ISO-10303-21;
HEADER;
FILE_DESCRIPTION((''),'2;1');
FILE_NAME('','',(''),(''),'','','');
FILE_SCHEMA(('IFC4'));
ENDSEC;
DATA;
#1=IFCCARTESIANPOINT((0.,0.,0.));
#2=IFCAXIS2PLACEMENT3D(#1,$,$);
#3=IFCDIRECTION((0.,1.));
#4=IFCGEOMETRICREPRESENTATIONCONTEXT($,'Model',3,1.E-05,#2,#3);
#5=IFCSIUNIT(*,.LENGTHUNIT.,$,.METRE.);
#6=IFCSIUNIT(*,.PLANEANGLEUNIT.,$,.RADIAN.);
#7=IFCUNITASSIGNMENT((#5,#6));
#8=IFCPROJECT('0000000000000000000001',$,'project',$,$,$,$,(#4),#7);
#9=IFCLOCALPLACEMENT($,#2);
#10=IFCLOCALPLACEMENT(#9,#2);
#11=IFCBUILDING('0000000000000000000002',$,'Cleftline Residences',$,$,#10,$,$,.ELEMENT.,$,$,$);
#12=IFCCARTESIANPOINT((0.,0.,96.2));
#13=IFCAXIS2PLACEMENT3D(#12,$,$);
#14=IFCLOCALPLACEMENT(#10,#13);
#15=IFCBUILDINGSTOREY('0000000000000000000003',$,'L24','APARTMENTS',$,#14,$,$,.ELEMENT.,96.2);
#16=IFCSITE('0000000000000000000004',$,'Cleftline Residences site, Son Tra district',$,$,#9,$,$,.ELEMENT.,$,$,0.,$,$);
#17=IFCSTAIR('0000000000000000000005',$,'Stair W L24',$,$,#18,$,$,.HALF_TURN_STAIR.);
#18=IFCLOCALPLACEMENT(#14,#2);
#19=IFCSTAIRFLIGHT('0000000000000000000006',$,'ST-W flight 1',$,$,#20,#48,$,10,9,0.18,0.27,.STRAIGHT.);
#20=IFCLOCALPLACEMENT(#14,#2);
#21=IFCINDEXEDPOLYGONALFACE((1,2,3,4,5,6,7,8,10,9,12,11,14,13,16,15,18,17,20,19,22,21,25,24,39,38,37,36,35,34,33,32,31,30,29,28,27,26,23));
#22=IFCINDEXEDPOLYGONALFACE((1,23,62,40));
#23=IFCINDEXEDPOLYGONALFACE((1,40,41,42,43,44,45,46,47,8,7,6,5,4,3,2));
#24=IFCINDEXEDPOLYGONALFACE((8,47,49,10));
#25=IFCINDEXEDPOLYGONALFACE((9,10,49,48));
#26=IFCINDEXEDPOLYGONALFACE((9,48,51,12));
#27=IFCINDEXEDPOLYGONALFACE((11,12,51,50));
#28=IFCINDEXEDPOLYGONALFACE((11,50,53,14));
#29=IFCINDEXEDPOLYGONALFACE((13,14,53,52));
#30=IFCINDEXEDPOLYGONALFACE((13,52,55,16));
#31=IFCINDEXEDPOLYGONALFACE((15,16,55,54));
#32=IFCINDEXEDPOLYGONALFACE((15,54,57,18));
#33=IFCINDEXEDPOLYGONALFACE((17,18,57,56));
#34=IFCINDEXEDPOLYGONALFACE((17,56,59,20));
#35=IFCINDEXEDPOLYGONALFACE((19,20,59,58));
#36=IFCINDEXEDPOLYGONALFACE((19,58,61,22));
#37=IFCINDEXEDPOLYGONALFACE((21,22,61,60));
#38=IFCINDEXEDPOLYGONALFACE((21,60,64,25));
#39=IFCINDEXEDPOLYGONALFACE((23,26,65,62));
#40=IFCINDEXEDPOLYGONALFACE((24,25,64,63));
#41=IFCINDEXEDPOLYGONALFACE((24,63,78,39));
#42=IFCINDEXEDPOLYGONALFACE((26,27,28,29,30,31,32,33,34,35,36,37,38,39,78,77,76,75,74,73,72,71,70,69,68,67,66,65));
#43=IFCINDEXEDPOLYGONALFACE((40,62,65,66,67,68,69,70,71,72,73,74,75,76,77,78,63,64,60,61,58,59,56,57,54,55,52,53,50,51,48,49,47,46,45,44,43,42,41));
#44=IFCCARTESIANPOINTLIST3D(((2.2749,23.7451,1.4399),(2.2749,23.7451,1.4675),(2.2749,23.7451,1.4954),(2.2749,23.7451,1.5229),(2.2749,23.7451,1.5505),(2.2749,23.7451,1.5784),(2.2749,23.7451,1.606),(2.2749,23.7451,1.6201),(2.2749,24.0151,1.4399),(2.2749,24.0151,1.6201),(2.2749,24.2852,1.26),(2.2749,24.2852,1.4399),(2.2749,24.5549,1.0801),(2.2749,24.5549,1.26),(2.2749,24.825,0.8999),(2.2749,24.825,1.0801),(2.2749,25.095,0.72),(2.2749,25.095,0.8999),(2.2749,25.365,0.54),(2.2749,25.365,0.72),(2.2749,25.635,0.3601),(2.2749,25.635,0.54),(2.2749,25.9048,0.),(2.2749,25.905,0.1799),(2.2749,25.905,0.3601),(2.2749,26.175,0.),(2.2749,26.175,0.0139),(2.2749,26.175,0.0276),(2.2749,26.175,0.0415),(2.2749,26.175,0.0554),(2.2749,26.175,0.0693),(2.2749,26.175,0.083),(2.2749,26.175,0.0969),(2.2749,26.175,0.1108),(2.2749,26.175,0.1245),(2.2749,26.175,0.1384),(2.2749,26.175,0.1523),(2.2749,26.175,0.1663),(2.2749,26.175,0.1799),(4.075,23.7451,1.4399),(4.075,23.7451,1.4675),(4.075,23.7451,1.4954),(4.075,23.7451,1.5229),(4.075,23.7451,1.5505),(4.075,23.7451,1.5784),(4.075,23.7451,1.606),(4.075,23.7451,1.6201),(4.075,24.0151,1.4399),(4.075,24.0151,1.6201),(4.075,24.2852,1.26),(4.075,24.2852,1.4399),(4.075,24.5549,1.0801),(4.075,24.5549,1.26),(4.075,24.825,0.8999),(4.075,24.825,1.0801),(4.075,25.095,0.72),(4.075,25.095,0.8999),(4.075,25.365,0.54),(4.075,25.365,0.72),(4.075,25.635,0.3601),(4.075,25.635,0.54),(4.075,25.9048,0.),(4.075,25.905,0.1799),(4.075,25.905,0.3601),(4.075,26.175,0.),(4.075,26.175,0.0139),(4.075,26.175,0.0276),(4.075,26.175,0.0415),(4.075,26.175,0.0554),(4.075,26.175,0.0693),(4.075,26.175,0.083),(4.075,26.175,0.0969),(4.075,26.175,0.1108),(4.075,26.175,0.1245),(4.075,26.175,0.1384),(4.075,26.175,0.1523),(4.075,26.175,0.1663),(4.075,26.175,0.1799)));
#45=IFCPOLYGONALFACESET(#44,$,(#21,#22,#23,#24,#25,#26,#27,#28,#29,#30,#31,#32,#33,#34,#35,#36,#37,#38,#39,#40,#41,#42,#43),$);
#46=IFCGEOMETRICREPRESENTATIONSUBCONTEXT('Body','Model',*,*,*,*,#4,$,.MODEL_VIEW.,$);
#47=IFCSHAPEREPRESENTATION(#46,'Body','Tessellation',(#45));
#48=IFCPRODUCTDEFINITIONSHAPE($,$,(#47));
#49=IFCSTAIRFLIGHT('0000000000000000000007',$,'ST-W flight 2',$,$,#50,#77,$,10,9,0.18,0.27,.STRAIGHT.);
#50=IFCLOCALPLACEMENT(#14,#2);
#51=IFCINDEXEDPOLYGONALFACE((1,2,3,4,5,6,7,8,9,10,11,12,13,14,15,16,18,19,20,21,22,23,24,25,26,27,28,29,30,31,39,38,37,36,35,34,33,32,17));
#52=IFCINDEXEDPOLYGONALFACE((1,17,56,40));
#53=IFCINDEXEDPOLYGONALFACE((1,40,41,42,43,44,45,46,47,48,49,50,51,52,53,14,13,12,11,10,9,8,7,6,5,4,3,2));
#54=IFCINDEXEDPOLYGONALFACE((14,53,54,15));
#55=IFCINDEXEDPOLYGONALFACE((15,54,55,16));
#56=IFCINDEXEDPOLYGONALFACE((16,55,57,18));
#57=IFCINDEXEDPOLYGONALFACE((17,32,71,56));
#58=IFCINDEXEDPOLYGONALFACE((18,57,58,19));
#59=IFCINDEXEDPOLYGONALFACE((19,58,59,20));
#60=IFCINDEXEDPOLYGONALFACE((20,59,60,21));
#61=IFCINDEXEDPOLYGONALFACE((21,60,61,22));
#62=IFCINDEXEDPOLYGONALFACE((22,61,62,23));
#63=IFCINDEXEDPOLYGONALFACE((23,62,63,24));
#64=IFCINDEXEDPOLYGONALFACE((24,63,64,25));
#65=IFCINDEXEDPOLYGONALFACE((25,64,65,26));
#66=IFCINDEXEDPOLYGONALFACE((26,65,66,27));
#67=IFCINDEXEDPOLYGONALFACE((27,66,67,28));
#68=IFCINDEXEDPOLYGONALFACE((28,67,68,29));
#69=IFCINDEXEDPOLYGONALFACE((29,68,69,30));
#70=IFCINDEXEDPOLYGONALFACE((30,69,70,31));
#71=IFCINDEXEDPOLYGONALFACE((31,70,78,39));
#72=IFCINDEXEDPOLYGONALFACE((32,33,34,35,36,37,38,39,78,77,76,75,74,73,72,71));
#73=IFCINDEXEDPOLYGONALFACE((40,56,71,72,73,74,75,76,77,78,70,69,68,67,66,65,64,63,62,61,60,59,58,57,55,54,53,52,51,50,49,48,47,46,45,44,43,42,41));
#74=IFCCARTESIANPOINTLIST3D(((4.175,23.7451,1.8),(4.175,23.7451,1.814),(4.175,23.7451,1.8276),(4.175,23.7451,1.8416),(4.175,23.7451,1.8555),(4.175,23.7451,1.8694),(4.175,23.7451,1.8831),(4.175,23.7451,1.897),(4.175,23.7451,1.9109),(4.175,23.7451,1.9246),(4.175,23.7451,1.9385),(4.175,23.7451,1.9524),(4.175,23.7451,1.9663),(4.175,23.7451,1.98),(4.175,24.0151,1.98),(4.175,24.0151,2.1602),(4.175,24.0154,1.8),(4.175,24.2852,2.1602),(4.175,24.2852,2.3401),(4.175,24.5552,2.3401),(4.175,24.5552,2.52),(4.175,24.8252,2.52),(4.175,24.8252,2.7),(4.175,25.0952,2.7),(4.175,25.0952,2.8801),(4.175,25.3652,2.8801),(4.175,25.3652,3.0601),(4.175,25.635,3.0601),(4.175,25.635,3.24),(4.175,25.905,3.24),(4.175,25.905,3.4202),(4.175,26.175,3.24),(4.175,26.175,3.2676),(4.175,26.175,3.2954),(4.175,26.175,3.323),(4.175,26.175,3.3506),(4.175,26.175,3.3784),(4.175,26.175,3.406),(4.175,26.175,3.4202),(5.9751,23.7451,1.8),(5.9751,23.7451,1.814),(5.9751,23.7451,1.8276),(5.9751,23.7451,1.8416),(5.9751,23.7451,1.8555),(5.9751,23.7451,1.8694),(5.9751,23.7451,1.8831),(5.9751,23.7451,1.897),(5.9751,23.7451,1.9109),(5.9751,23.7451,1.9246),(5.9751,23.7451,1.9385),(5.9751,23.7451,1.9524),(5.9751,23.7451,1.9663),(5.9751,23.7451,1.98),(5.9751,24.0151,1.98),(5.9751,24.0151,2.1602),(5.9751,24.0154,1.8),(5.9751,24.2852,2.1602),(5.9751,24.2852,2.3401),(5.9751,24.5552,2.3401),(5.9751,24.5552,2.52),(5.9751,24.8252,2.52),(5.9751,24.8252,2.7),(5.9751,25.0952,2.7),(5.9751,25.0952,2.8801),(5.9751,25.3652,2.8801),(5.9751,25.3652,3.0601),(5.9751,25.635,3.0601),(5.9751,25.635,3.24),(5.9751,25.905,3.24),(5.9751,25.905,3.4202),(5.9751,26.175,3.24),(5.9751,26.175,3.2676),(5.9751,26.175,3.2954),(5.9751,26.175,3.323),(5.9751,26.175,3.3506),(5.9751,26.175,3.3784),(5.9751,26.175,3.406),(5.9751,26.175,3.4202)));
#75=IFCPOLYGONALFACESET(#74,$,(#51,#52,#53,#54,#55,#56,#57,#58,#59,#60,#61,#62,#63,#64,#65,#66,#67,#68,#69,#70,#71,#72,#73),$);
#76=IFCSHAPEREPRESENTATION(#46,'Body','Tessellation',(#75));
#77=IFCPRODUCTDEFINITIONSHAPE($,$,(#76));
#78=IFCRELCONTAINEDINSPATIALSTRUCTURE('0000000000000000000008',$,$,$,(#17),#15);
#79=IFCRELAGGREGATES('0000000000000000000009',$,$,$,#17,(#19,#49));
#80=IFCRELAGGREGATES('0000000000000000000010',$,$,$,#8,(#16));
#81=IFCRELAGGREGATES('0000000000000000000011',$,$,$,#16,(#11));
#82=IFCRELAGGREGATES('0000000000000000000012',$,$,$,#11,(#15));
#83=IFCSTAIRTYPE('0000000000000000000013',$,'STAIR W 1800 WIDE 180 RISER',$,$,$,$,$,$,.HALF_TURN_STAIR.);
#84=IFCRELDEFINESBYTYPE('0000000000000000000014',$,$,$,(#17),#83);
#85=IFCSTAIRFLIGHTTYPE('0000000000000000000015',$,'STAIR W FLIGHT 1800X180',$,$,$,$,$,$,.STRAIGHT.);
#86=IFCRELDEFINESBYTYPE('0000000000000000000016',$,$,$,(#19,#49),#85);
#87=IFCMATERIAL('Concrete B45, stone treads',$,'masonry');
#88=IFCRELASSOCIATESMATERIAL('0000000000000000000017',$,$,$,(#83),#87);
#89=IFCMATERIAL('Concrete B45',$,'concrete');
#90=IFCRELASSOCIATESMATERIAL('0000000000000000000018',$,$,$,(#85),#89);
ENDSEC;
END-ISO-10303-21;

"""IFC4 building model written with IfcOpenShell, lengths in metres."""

from ifc_helpers import new_model, si_unit, direction, frame, origin, place, context, subcontext, project, spatial, polyline, outline, extrude, material, type_object, element, aggregate, save


model = new_model("IFC4")

# Units and contexts
model_context = context("Model", 3, precision=1e-05, world=origin(), true_north=direction((0.0, 1.0)))
body_context = subcontext(model_context, "Body", "Model", "MODEL_VIEW")
ifc_project = project(units=[si_unit("LENGTHUNIT", "METRE"), si_unit("PLANEANGLEUNIT", "RADIAN")], contexts=[model_context])

# Site, building, storey
site_placement = place(None, origin())
site = spatial("IfcSite", under=ifc_project, at=site_placement, Name="Cleftline Residences site, Son Tra district", CompositionType="ELEMENT", RefElevation=0.0)
building_placement = place(site_placement, origin())
building = spatial("IfcBuilding", under=site, at=building_placement, Name="Cleftline Residences", CompositionType="ELEMENT")
storey_placement = place(building_placement, frame((0.0, 0.0, 96.2)))
storey = spatial("IfcBuildingStorey", under=building, at=storey_placement, Name="L24", Description="APARTMENTS", CompositionType="ELEMENT", Elevation=96.2)

# Stair, stair flights
ifc_material_1 = material(Name="Concrete B45, stone treads", Category="masonry")
stair_type = type_object("IfcStairType", Name="STAIR W 1800 WIDE 180 RISER", PredefinedType="HALF_TURN_STAIR", material=ifc_material_1)
stair_placement = place(storey_placement, origin())
stair = element("IfcStair", 1, at=stair_placement, inside=storey, type_object=stair_type, Name="Stair W L24", PredefinedType="HALF_TURN_STAIR")
ifc_material_2 = material(Name="Concrete B45", Category="concrete")
stair_flight_type = type_object("IfcStairFlightType", Name="STAIR W FLIGHT 1800X180", PredefinedType="STRAIGHT", material=ifc_material_2)
stair_flight_1_placement = place(storey_placement, frame((3.175, 26.175, 0.0), z_axis=(0.0, 0.0, 1.0), x_axis=(0.0, -1.0, 0.0)))
stair_flight_1 = element("IfcStairFlight", 2, at=stair_flight_1_placement, type_object=stair_flight_type, Name="ST-W flight 1", NumberOfRisers=10, NumberOfTreads=9, PredefinedType="STRAIGHT", RiserHeight=0.18, TreadLength=0.27, context=body_context, shape_type="SweptSolid", body=[
    extrude(outline(polyline([(0.0, 0.0), (0.0, 0.0139), (0.0, 0.0276), (0.0, 0.0415), (0.0, 0.0554), (0.0, 0.0693), (0.0, 0.083), (0.0, 0.0969), (0.0, 0.1108), (0.0, 0.1245), (0.0, 0.1384), (0.0, 0.1523), (0.0, 0.1663), (0.0, 0.1799), (0.27, 0.1799), (0.27, 0.3601), (0.54, 0.3601), (0.54, 0.54), (0.8101, 0.54), (0.8101, 0.72), (1.0801, 0.72), (1.0801, 0.8999), (1.3501, 0.8999), (1.3501, 1.0801), (1.6201, 1.0801), (1.6201, 1.26), (1.8899, 1.26), (1.8899, 1.4399), (2.1599, 1.4399), (2.1599, 1.6201), (2.4299, 1.6201), (2.4299, 1.8), (2.4299, 1.7722), (2.4299, 1.7446), (2.4299, 1.7168), (2.4299, 1.6892), (2.4299, 1.6614), (2.4299, 1.6338), (2.4299, 1.606), (2.4299, 1.5784), (2.4299, 1.5505), (2.4299, 1.5229), (2.4299, 1.4954), (2.4299, 1.4675), (2.4299, 1.4399), (0.2703, 0.0), (0.0, 0.0)])), frame((0.0, 0.8999, 0.0), z_axis=(0.0, -1.0, 0.0), x_axis=(1.0, 0.0, 0.0)), (0.0, 0.0, 1.0), 1.8),
])
stair_flight_2_placement = place(storey_placement, frame((5.075, 23.7451, 1.8), z_axis=(0.0, 0.0, 1.0), x_axis=(0.0, 1.0, 0.0)))
stair_flight_2 = element("IfcStairFlight", 3, at=stair_flight_2_placement, type_object=stair_flight_type, Name="ST-W flight 2", NumberOfRisers=10, NumberOfTreads=9, PredefinedType="STRAIGHT", RiserHeight=0.18, TreadLength=0.27, context=body_context, shape_type="SweptSolid", body=[
    extrude(outline(polyline([(0.0, 0.0), (0.0, 0.0139), (0.0, 0.0276), (0.0, 0.0415), (0.0, 0.0554), (0.0, 0.0693), (0.0, 0.083), (0.0, 0.0969), (0.0, 0.1108), (0.0, 0.1245), (0.0, 0.1384), (0.0, 0.1523), (0.0, 0.1663), (0.0, 0.1799), (0.27, 0.1799), (0.27, 0.3601), (0.54, 0.3601), (0.54, 0.54), (0.8101, 0.54), (0.8101, 0.72), (1.0801, 0.72), (1.0801, 0.8999), (1.3501, 0.8999), (1.3501, 1.0801), (1.6201, 1.0801), (1.6201, 1.26), (1.8899, 1.26), (1.8899, 1.4399), (2.1599, 1.4399), (2.1599, 1.6201), (2.4299, 1.6201), (2.4299, 1.8), (2.4299, 1.7722), (2.4299, 1.7446), (2.4299, 1.7168), (2.4299, 1.6892), (2.4299, 1.6614), (2.4299, 1.6338), (2.4299, 1.606), (2.4299, 1.5784), (2.4299, 1.5505), (2.4299, 1.5229), (2.4299, 1.4954), (2.4299, 1.4675), (2.4299, 1.4399), (0.2703, 0.0), (0.0, 0.0)])), frame((0.0, 0.8999, 0.0), z_axis=(0.0, -1.0, 0.0), x_axis=(1.0, 0.0, 0.0)), (0.0, 0.0, 1.0), 1.8),
])
aggregate(stair, [stair_flight_1, stair_flight_2])

save(model, "model.ifc")
